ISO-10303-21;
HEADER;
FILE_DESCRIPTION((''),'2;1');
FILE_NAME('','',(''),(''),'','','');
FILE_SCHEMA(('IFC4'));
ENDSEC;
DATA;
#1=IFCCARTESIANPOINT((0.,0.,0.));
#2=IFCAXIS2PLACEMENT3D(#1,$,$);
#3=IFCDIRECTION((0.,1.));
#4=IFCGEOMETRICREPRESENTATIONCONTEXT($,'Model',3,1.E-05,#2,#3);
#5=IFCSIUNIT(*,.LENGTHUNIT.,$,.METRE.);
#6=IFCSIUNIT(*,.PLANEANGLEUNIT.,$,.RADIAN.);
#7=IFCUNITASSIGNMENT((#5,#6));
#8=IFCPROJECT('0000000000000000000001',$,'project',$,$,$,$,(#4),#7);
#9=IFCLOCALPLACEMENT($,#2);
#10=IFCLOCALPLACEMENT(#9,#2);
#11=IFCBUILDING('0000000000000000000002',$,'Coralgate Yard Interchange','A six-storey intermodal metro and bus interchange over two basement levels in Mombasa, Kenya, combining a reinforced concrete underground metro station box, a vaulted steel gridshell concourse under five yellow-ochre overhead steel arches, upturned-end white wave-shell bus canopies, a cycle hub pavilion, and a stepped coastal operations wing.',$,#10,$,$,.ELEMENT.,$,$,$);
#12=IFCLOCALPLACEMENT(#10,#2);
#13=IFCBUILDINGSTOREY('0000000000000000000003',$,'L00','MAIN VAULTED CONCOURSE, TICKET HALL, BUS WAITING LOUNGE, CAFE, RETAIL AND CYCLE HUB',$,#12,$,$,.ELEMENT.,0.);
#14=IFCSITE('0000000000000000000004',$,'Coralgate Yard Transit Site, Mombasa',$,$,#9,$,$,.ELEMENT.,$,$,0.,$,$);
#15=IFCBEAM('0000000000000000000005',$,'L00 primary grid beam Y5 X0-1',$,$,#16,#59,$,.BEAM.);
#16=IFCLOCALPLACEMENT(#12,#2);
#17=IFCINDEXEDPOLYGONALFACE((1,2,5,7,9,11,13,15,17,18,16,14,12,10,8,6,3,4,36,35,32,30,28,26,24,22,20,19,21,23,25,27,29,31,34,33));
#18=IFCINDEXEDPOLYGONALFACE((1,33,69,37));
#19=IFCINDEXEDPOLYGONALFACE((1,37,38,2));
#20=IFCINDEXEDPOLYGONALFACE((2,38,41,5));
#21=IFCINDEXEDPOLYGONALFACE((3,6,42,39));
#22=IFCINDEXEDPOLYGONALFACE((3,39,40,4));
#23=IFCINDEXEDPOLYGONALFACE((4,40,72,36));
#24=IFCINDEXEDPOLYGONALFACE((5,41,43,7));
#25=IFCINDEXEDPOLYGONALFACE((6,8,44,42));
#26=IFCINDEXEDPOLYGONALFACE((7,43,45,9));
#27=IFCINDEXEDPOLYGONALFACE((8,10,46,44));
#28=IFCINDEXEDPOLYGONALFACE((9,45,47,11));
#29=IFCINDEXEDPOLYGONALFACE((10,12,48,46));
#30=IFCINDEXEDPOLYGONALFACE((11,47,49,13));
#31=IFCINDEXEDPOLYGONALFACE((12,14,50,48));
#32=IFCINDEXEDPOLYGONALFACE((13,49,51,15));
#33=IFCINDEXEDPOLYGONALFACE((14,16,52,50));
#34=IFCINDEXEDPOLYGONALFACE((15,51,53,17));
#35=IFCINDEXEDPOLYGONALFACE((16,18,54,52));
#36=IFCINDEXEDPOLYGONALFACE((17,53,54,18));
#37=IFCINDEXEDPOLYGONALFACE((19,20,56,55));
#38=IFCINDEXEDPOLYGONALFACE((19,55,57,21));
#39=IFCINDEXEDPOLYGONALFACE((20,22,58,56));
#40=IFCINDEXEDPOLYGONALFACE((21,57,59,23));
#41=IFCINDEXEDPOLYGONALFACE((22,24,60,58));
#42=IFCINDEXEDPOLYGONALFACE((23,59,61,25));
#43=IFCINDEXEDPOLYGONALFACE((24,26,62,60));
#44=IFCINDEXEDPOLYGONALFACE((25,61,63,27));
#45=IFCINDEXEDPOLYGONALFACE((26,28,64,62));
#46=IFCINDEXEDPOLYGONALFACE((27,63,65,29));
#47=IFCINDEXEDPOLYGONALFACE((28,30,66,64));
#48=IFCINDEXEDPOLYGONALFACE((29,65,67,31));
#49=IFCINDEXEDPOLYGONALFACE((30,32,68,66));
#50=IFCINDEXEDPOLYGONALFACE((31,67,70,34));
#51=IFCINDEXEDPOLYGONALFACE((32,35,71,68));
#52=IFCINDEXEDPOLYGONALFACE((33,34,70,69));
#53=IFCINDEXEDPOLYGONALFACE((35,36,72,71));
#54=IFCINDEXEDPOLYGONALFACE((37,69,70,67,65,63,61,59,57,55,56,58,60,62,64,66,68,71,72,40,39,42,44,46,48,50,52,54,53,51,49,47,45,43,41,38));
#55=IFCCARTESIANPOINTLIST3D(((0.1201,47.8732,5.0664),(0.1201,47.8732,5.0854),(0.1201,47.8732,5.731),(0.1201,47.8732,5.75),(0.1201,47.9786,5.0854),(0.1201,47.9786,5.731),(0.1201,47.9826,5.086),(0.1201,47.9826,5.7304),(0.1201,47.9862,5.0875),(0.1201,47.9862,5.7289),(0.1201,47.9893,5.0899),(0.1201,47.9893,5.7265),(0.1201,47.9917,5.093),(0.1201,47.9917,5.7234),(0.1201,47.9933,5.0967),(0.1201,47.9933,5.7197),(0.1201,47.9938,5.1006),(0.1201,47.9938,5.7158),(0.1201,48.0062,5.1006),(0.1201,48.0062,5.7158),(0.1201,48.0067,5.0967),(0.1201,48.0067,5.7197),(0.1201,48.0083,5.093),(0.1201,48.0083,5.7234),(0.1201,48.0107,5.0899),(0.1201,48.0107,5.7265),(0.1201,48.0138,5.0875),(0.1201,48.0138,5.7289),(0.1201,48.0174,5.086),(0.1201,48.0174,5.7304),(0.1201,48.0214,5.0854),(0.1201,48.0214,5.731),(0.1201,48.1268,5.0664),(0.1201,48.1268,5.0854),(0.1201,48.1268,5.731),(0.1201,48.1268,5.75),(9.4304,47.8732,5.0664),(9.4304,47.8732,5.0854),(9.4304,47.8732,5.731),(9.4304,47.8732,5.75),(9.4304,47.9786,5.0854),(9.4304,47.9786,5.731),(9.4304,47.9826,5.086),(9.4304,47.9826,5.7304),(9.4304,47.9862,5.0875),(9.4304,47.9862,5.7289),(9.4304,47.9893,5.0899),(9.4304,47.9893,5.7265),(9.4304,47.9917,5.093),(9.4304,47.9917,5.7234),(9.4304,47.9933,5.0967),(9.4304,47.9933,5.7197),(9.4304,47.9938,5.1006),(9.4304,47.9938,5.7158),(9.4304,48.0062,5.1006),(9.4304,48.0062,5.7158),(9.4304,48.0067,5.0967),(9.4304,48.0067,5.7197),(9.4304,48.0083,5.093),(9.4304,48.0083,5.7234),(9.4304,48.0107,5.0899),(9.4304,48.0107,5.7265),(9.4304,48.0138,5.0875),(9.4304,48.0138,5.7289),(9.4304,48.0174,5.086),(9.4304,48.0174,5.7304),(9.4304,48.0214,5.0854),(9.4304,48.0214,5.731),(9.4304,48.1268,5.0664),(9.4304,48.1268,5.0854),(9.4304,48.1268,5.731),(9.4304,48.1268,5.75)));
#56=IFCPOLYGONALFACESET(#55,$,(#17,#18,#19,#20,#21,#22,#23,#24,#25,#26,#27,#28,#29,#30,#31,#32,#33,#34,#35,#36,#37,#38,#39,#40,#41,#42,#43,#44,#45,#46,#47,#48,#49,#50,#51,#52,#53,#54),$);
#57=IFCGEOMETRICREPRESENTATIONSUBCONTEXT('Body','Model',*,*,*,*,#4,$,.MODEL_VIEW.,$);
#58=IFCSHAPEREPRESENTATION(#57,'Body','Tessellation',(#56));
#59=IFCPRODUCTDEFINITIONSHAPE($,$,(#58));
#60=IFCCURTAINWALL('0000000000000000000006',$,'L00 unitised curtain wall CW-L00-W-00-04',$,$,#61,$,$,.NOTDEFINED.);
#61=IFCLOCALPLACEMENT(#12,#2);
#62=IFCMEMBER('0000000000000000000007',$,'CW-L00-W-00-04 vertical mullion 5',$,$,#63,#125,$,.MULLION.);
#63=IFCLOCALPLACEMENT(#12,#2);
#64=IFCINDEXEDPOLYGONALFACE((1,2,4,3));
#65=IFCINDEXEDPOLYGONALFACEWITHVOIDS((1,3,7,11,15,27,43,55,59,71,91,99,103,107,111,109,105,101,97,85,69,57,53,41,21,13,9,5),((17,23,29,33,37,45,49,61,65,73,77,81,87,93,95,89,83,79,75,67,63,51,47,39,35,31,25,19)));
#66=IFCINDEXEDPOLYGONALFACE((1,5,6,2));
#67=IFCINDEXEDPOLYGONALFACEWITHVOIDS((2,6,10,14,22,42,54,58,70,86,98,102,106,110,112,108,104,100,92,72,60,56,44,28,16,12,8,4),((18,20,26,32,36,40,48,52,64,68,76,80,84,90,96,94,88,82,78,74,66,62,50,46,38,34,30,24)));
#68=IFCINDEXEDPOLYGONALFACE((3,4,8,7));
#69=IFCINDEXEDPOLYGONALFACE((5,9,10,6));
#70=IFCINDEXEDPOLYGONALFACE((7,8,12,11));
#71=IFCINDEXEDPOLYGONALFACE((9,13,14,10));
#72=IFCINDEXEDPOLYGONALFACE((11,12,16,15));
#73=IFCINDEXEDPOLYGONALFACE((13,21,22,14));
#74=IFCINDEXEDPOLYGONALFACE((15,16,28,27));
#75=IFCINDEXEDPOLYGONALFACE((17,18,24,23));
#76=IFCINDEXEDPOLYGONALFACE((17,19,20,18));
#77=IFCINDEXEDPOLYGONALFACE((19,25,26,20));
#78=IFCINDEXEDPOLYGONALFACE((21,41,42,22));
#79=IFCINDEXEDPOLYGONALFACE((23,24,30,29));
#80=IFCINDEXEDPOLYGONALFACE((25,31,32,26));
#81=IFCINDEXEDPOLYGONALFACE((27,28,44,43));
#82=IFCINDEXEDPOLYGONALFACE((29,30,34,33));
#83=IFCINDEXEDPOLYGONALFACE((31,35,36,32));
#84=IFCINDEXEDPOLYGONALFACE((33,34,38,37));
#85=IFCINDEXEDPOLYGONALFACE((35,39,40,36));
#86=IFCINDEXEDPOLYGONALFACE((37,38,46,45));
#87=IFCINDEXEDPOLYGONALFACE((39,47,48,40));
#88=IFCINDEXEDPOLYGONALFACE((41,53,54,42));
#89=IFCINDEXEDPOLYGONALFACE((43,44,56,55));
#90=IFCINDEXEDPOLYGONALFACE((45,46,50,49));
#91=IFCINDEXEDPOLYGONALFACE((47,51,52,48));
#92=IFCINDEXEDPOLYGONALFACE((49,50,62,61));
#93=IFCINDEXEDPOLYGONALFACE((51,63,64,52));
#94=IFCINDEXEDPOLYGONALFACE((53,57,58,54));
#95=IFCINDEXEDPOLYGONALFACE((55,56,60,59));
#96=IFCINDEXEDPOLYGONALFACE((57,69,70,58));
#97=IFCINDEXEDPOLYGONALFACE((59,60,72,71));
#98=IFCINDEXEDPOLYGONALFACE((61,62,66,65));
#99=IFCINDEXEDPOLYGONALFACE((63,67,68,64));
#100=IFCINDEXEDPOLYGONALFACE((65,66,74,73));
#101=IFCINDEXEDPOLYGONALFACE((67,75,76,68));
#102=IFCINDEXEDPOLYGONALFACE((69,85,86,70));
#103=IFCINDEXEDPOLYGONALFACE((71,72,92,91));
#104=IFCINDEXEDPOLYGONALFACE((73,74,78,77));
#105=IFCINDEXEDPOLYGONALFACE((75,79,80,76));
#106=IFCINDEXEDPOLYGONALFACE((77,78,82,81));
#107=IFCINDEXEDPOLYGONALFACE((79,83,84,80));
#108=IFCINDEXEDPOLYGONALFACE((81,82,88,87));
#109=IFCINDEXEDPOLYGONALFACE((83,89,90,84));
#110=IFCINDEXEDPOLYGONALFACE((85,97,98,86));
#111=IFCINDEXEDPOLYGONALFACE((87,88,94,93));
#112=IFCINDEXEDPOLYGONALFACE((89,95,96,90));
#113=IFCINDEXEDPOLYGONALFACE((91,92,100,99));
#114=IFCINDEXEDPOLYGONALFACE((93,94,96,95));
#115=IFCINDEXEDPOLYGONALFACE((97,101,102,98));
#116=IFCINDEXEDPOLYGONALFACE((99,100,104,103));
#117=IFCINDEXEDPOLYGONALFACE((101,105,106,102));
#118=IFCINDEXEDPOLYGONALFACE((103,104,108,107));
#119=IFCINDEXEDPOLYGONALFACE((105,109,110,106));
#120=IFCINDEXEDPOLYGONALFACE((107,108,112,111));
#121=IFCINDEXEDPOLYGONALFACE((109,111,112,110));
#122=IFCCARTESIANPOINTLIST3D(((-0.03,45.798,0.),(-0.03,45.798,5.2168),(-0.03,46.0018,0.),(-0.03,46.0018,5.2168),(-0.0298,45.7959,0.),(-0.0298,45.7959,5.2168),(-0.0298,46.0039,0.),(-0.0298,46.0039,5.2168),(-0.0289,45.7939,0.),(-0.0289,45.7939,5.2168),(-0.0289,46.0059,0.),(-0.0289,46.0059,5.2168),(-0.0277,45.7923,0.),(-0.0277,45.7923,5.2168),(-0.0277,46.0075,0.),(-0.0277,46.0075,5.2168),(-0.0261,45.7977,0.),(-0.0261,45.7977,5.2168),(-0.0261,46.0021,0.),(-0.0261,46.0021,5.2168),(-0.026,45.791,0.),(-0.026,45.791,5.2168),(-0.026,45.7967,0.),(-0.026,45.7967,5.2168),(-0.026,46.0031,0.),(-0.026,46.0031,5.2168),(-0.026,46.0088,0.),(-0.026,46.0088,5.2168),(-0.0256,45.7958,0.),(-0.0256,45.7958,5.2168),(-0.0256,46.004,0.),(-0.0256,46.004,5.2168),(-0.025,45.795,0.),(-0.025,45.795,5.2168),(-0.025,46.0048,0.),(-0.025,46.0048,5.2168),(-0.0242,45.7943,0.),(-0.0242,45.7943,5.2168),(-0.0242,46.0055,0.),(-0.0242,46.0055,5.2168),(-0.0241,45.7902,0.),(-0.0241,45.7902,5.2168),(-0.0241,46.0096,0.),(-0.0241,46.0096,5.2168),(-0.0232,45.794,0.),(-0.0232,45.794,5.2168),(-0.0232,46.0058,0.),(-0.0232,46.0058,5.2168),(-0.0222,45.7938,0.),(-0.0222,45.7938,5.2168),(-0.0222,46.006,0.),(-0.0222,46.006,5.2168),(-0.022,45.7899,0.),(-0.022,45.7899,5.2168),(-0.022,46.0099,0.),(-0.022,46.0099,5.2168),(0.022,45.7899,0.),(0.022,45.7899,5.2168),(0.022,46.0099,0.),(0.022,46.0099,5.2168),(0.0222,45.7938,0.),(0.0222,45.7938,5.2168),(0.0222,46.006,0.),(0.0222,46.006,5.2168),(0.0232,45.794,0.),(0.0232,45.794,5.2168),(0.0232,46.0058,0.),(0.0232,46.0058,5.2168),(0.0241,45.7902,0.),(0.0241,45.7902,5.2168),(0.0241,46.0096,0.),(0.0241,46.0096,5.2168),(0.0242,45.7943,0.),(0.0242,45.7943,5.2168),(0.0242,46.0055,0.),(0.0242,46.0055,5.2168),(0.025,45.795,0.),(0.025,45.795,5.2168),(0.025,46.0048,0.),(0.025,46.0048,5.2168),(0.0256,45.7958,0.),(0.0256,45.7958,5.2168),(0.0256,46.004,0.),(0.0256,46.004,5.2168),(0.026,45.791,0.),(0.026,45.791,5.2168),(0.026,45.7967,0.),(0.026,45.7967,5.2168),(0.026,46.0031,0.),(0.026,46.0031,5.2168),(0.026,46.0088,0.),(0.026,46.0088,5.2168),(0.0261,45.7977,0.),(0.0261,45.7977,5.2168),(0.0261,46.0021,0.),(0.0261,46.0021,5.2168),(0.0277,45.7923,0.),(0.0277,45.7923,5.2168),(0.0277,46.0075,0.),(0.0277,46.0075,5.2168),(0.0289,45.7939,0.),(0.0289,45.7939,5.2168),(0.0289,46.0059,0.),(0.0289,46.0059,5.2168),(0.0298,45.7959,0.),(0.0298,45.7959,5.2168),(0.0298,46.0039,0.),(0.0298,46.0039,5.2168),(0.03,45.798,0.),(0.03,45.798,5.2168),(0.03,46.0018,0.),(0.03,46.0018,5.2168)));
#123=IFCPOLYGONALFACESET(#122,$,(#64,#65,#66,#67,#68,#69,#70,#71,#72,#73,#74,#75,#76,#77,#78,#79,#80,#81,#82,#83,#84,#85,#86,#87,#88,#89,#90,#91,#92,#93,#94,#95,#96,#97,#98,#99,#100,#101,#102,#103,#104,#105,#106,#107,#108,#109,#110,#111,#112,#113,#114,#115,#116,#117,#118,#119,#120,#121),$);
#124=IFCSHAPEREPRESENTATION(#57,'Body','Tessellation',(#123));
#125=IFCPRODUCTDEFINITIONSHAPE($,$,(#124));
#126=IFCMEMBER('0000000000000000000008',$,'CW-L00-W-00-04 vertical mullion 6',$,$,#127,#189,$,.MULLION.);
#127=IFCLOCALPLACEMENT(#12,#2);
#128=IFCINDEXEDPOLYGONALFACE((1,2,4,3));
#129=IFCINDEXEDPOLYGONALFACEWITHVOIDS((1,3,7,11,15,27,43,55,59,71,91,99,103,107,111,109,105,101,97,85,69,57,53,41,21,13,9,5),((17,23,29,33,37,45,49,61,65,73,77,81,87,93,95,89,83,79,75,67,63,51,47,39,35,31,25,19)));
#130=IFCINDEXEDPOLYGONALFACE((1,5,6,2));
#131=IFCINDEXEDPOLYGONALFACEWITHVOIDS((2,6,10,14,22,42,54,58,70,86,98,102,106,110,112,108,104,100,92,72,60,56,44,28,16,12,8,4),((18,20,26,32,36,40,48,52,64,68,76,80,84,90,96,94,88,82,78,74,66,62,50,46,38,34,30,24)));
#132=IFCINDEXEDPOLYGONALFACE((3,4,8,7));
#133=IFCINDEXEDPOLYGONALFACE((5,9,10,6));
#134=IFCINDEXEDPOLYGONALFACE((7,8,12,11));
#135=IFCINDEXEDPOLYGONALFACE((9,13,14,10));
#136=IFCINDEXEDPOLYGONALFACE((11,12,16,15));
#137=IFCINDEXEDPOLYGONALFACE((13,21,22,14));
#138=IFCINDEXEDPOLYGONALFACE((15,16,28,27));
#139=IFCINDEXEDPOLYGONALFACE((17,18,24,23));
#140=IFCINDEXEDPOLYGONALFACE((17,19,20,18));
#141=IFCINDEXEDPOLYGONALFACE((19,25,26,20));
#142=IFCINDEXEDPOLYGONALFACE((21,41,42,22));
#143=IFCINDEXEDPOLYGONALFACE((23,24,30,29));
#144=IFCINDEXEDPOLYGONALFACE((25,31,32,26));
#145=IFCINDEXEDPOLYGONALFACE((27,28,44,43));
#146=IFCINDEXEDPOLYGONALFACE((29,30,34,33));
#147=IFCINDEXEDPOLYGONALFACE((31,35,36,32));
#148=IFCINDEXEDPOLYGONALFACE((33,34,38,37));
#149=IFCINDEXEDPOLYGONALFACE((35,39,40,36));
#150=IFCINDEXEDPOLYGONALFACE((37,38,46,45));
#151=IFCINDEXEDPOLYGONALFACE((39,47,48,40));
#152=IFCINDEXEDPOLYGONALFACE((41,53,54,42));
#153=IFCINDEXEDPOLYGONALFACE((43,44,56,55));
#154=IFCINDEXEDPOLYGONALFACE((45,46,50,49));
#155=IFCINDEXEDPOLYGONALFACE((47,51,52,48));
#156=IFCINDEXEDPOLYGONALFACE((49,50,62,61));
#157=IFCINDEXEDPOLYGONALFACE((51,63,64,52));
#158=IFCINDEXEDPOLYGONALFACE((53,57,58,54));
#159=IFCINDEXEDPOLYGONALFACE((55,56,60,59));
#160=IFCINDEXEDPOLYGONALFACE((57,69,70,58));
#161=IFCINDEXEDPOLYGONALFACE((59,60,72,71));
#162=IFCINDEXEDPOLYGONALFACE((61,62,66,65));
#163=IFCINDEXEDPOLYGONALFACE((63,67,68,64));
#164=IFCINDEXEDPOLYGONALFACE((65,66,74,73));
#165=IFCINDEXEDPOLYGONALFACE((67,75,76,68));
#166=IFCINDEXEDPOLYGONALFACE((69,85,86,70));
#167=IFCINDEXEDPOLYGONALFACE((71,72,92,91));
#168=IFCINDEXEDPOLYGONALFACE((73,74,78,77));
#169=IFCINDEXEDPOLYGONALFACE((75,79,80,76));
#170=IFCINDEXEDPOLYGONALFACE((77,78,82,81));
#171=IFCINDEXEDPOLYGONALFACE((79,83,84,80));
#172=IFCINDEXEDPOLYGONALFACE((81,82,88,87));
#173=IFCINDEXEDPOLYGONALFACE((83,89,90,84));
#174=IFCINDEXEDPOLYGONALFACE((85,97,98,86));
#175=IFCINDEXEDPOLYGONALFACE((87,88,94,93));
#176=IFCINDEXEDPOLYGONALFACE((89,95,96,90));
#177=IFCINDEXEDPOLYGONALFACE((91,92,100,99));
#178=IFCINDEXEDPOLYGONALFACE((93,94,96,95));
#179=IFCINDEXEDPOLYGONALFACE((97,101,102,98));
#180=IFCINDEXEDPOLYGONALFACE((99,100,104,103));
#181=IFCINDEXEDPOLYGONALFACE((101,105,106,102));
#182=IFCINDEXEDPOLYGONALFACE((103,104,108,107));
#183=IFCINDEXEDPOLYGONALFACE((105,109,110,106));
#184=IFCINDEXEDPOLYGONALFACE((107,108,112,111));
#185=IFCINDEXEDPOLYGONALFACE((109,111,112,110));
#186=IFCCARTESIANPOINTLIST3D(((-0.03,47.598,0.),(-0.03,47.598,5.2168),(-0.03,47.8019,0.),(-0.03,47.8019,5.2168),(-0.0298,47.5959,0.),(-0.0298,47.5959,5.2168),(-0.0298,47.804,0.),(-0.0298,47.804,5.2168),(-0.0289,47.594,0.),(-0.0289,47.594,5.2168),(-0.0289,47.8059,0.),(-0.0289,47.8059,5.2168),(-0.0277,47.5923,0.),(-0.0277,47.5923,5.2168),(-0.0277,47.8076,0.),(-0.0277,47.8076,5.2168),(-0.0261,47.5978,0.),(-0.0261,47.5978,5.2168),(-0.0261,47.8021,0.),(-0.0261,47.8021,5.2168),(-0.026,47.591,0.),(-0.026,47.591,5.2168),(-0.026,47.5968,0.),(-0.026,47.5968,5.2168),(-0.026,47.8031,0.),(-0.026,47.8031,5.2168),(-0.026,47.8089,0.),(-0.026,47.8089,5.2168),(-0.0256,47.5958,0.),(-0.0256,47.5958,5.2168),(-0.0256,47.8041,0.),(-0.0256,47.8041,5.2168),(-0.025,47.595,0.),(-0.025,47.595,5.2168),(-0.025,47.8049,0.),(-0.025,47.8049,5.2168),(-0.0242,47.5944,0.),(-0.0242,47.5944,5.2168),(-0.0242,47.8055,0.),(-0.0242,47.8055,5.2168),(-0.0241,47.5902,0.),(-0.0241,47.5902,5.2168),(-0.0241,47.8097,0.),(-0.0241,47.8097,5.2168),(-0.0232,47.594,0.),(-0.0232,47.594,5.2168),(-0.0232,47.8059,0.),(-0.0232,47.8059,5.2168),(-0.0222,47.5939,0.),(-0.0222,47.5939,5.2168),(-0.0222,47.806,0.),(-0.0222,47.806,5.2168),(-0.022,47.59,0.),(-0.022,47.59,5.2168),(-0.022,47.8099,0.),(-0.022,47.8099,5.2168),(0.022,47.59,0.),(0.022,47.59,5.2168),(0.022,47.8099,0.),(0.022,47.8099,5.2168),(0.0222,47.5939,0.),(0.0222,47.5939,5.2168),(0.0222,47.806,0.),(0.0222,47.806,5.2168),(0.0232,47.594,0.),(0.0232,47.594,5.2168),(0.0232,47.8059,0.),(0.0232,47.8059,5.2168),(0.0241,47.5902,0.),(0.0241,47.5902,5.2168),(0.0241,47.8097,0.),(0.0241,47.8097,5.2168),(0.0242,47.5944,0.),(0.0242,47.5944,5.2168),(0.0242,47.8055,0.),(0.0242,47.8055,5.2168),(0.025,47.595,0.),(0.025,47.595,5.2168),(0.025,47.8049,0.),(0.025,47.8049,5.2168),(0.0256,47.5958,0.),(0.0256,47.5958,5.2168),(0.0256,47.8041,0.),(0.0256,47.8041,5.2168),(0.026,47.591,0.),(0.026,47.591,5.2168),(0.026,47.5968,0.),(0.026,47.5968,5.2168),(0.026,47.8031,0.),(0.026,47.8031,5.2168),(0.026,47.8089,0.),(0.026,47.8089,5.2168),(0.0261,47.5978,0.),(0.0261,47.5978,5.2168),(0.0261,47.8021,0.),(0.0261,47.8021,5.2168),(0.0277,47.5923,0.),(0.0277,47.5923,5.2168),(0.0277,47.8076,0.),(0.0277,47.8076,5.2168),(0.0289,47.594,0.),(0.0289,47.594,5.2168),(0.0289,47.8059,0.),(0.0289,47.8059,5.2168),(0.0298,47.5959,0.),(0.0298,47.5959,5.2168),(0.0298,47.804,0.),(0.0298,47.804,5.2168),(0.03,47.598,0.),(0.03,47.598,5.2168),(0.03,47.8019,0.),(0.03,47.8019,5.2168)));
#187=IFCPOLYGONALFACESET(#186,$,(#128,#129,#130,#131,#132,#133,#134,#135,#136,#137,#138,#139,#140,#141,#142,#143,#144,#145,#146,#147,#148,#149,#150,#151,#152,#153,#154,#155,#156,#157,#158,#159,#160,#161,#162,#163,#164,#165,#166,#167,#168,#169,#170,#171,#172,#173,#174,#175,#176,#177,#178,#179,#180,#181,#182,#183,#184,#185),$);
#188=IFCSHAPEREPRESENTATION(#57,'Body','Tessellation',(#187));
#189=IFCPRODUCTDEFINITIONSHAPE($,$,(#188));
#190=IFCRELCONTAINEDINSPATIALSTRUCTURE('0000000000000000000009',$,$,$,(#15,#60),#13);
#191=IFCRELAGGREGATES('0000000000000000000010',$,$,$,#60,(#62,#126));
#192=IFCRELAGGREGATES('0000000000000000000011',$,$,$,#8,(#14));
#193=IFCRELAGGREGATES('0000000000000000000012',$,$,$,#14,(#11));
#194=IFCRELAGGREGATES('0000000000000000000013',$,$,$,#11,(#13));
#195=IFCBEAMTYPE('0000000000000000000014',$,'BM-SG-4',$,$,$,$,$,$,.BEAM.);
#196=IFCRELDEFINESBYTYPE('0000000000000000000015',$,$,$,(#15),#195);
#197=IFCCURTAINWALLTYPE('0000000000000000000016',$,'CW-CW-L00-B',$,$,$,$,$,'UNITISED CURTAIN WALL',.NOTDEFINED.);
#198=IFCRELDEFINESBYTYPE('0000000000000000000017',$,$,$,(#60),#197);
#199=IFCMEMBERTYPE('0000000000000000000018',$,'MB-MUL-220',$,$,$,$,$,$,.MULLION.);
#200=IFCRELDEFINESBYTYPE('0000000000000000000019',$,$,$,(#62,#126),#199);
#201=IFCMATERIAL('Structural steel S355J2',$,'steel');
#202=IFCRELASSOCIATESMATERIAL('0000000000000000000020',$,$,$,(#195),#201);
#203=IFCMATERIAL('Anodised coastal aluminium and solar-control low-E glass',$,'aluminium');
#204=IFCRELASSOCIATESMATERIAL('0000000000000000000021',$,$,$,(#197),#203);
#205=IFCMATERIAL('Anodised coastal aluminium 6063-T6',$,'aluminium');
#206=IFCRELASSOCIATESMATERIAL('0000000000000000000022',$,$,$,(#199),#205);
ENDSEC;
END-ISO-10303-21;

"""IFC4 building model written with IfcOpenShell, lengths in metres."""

from ifc_helpers import new_model, si_unit, direction, frame, origin, origin_2d, place, context, subcontext, project, spatial, hollow_rectangle, i_section, extrude, material, material_profile, profile_set, type_object, element, aggregate, save


model = new_model("IFC4")

# Units and contexts
model_context = context("Model", 3, precision=1e-05, world=origin(), true_north=direction((0.0, 1.0)))
body_context = subcontext(model_context, "Body", "Model", "MODEL_VIEW")
ifc_project = project(units=[si_unit("LENGTHUNIT", "METRE"), si_unit("PLANEANGLEUNIT", "RADIAN")], contexts=[model_context])

# Site, building, storey
site_placement = place(None, origin())
site = spatial("IfcSite", under=ifc_project, at=site_placement, Name="Coralgate Yard Transit Site, Mombasa", CompositionType="ELEMENT", RefElevation=0.0)
building_placement = place(site_placement, origin())
building = spatial("IfcBuilding", under=site, at=building_placement, Name="Coralgate Yard Interchange", Description="A six-storey intermodal metro and bus interchange over two basement levels in Mombasa, Kenya, combining a reinforced concrete underground metro station box, a vaulted steel gridshell concourse under five yellow-ochre overhead steel arches, upturned-end white wave-shell bus canopies, a cycle hub pavilion, and a stepped coastal operations wing.", CompositionType="ELEMENT")
storey_placement = place(building_placement, origin())
storey = spatial("IfcBuildingStorey", under=building, at=storey_placement, Name="L00", Description="MAIN VAULTED CONCOURSE, TICKET HALL, BUS WAITING LOUNGE, CAFE, RETAIL AND CYCLE HUB", CompositionType="ELEMENT", Elevation=0.0)

# Shared definitions
ifc_material_1 = material(Name="Structural steel S355J2", Category="steel")

# Beam
ifc_material_profile_1 = material_profile(ifc_material_1, i_section(OverallWidth=0.2537, OverallDepth=0.6836, WebThickness=0.0125, FlangeThickness=0.019, FilletRadius=0.0151, at=origin_2d()), Name="UB 686x254x140")
ifc_profile_set_1 = profile_set([ifc_material_profile_1], Name="Structural steel S355J2")
beam_type_1 = type_object("IfcBeamType", Name="BM-SG-4", PredefinedType="BEAM", material=ifc_profile_set_1)
beam_1_placement = place(storey_placement, frame((0.1201, 48.0, 5.4082), z_axis=(1.0, 0.0, 0.0), x_axis=(0.0, 1.0, 0.0)))
element("IfcBeam", 1, at=beam_1_placement, inside=storey, type_object=beam_type_1, Name="L00 primary grid beam Y5 X0-1", PredefinedType="BEAM", context=body_context, shape_type="SweptSolid", body=[
    extrude(i_section(OverallWidth=0.2537, OverallDepth=0.6836, WebThickness=0.0125, FlangeThickness=0.019, FilletRadius=0.0151, at=origin_2d()), origin(), (0.0, 0.0, 1.0), 9.3103),
])

# Curtain wall, members
ifc_material_2 = material(Name="Anodised coastal aluminium and solar-control low-E glass", Category="aluminium")
curtain_wall_type_1 = type_object("IfcCurtainWallType", Name="CW-CW-L00-B", ElementType="UNITISED CURTAIN WALL", PredefinedType="NOTDEFINED", material=ifc_material_2)
curtain_wall_1_placement = place(storey_placement, origin())
curtain_wall_1 = element("IfcCurtainWall", 2, at=curtain_wall_1_placement, inside=storey, type_object=curtain_wall_type_1, Name="L00 unitised curtain wall CW-L00-W-00-04", PredefinedType="NOTDEFINED")
ifc_material_3 = material(Name="Anodised coastal aluminium 6063-T6", Category="aluminium")
ifc_material_profile_2 = material_profile(ifc_material_3, hollow_rectangle(XDim=0.0601, YDim=0.22, WallThickness=0.0039, InnerFilletRadius=0.0039, OuterFilletRadius=0.0081, at=origin_2d()), Name="ALU 60x220x4")
ifc_profile_set_2 = profile_set([ifc_material_profile_2], Name="Anodised coastal aluminium 6063-T6")
member_type_1 = type_object("IfcMemberType", Name="MB-MUL-220", PredefinedType="MULLION", material=ifc_profile_set_2)
member_1_placement = place(storey_placement, frame((0.0, 45.8999, 0.0), z_axis=(0.0, 0.0, 1.0), x_axis=(1.0, 0.0, 0.0)))
member_1 = element("IfcMember", 3, at=member_1_placement, type_object=member_type_1, Name="CW-L00-W-00-04 vertical mullion 5", PredefinedType="MULLION", context=body_context, shape_type="SweptSolid", body=[
    extrude(hollow_rectangle(XDim=0.0601, YDim=0.22, WallThickness=0.0039, InnerFilletRadius=0.0039, OuterFilletRadius=0.0081, at=origin_2d()), origin(), (0.0, 0.0, 1.0), 5.2168),
])
member_2_placement = place(storey_placement, frame((0.0, 47.7, 0.0), z_axis=(0.0, 0.0, 1.0), x_axis=(1.0, 0.0, 0.0)))
member_2 = element("IfcMember", 4, at=member_2_placement, type_object=member_type_1, Name="CW-L00-W-00-04 vertical mullion 6", PredefinedType="MULLION", context=body_context, shape_type="SweptSolid", body=[
    extrude(hollow_rectangle(XDim=0.0601, YDim=0.22, WallThickness=0.0039, InnerFilletRadius=0.0039, OuterFilletRadius=0.0081, at=origin_2d()), origin(), (0.0, 0.0, 1.0), 5.2168),
])

aggregate(curtain_wall_1, [member_1, member_2])

save(model, "model.ifc")
